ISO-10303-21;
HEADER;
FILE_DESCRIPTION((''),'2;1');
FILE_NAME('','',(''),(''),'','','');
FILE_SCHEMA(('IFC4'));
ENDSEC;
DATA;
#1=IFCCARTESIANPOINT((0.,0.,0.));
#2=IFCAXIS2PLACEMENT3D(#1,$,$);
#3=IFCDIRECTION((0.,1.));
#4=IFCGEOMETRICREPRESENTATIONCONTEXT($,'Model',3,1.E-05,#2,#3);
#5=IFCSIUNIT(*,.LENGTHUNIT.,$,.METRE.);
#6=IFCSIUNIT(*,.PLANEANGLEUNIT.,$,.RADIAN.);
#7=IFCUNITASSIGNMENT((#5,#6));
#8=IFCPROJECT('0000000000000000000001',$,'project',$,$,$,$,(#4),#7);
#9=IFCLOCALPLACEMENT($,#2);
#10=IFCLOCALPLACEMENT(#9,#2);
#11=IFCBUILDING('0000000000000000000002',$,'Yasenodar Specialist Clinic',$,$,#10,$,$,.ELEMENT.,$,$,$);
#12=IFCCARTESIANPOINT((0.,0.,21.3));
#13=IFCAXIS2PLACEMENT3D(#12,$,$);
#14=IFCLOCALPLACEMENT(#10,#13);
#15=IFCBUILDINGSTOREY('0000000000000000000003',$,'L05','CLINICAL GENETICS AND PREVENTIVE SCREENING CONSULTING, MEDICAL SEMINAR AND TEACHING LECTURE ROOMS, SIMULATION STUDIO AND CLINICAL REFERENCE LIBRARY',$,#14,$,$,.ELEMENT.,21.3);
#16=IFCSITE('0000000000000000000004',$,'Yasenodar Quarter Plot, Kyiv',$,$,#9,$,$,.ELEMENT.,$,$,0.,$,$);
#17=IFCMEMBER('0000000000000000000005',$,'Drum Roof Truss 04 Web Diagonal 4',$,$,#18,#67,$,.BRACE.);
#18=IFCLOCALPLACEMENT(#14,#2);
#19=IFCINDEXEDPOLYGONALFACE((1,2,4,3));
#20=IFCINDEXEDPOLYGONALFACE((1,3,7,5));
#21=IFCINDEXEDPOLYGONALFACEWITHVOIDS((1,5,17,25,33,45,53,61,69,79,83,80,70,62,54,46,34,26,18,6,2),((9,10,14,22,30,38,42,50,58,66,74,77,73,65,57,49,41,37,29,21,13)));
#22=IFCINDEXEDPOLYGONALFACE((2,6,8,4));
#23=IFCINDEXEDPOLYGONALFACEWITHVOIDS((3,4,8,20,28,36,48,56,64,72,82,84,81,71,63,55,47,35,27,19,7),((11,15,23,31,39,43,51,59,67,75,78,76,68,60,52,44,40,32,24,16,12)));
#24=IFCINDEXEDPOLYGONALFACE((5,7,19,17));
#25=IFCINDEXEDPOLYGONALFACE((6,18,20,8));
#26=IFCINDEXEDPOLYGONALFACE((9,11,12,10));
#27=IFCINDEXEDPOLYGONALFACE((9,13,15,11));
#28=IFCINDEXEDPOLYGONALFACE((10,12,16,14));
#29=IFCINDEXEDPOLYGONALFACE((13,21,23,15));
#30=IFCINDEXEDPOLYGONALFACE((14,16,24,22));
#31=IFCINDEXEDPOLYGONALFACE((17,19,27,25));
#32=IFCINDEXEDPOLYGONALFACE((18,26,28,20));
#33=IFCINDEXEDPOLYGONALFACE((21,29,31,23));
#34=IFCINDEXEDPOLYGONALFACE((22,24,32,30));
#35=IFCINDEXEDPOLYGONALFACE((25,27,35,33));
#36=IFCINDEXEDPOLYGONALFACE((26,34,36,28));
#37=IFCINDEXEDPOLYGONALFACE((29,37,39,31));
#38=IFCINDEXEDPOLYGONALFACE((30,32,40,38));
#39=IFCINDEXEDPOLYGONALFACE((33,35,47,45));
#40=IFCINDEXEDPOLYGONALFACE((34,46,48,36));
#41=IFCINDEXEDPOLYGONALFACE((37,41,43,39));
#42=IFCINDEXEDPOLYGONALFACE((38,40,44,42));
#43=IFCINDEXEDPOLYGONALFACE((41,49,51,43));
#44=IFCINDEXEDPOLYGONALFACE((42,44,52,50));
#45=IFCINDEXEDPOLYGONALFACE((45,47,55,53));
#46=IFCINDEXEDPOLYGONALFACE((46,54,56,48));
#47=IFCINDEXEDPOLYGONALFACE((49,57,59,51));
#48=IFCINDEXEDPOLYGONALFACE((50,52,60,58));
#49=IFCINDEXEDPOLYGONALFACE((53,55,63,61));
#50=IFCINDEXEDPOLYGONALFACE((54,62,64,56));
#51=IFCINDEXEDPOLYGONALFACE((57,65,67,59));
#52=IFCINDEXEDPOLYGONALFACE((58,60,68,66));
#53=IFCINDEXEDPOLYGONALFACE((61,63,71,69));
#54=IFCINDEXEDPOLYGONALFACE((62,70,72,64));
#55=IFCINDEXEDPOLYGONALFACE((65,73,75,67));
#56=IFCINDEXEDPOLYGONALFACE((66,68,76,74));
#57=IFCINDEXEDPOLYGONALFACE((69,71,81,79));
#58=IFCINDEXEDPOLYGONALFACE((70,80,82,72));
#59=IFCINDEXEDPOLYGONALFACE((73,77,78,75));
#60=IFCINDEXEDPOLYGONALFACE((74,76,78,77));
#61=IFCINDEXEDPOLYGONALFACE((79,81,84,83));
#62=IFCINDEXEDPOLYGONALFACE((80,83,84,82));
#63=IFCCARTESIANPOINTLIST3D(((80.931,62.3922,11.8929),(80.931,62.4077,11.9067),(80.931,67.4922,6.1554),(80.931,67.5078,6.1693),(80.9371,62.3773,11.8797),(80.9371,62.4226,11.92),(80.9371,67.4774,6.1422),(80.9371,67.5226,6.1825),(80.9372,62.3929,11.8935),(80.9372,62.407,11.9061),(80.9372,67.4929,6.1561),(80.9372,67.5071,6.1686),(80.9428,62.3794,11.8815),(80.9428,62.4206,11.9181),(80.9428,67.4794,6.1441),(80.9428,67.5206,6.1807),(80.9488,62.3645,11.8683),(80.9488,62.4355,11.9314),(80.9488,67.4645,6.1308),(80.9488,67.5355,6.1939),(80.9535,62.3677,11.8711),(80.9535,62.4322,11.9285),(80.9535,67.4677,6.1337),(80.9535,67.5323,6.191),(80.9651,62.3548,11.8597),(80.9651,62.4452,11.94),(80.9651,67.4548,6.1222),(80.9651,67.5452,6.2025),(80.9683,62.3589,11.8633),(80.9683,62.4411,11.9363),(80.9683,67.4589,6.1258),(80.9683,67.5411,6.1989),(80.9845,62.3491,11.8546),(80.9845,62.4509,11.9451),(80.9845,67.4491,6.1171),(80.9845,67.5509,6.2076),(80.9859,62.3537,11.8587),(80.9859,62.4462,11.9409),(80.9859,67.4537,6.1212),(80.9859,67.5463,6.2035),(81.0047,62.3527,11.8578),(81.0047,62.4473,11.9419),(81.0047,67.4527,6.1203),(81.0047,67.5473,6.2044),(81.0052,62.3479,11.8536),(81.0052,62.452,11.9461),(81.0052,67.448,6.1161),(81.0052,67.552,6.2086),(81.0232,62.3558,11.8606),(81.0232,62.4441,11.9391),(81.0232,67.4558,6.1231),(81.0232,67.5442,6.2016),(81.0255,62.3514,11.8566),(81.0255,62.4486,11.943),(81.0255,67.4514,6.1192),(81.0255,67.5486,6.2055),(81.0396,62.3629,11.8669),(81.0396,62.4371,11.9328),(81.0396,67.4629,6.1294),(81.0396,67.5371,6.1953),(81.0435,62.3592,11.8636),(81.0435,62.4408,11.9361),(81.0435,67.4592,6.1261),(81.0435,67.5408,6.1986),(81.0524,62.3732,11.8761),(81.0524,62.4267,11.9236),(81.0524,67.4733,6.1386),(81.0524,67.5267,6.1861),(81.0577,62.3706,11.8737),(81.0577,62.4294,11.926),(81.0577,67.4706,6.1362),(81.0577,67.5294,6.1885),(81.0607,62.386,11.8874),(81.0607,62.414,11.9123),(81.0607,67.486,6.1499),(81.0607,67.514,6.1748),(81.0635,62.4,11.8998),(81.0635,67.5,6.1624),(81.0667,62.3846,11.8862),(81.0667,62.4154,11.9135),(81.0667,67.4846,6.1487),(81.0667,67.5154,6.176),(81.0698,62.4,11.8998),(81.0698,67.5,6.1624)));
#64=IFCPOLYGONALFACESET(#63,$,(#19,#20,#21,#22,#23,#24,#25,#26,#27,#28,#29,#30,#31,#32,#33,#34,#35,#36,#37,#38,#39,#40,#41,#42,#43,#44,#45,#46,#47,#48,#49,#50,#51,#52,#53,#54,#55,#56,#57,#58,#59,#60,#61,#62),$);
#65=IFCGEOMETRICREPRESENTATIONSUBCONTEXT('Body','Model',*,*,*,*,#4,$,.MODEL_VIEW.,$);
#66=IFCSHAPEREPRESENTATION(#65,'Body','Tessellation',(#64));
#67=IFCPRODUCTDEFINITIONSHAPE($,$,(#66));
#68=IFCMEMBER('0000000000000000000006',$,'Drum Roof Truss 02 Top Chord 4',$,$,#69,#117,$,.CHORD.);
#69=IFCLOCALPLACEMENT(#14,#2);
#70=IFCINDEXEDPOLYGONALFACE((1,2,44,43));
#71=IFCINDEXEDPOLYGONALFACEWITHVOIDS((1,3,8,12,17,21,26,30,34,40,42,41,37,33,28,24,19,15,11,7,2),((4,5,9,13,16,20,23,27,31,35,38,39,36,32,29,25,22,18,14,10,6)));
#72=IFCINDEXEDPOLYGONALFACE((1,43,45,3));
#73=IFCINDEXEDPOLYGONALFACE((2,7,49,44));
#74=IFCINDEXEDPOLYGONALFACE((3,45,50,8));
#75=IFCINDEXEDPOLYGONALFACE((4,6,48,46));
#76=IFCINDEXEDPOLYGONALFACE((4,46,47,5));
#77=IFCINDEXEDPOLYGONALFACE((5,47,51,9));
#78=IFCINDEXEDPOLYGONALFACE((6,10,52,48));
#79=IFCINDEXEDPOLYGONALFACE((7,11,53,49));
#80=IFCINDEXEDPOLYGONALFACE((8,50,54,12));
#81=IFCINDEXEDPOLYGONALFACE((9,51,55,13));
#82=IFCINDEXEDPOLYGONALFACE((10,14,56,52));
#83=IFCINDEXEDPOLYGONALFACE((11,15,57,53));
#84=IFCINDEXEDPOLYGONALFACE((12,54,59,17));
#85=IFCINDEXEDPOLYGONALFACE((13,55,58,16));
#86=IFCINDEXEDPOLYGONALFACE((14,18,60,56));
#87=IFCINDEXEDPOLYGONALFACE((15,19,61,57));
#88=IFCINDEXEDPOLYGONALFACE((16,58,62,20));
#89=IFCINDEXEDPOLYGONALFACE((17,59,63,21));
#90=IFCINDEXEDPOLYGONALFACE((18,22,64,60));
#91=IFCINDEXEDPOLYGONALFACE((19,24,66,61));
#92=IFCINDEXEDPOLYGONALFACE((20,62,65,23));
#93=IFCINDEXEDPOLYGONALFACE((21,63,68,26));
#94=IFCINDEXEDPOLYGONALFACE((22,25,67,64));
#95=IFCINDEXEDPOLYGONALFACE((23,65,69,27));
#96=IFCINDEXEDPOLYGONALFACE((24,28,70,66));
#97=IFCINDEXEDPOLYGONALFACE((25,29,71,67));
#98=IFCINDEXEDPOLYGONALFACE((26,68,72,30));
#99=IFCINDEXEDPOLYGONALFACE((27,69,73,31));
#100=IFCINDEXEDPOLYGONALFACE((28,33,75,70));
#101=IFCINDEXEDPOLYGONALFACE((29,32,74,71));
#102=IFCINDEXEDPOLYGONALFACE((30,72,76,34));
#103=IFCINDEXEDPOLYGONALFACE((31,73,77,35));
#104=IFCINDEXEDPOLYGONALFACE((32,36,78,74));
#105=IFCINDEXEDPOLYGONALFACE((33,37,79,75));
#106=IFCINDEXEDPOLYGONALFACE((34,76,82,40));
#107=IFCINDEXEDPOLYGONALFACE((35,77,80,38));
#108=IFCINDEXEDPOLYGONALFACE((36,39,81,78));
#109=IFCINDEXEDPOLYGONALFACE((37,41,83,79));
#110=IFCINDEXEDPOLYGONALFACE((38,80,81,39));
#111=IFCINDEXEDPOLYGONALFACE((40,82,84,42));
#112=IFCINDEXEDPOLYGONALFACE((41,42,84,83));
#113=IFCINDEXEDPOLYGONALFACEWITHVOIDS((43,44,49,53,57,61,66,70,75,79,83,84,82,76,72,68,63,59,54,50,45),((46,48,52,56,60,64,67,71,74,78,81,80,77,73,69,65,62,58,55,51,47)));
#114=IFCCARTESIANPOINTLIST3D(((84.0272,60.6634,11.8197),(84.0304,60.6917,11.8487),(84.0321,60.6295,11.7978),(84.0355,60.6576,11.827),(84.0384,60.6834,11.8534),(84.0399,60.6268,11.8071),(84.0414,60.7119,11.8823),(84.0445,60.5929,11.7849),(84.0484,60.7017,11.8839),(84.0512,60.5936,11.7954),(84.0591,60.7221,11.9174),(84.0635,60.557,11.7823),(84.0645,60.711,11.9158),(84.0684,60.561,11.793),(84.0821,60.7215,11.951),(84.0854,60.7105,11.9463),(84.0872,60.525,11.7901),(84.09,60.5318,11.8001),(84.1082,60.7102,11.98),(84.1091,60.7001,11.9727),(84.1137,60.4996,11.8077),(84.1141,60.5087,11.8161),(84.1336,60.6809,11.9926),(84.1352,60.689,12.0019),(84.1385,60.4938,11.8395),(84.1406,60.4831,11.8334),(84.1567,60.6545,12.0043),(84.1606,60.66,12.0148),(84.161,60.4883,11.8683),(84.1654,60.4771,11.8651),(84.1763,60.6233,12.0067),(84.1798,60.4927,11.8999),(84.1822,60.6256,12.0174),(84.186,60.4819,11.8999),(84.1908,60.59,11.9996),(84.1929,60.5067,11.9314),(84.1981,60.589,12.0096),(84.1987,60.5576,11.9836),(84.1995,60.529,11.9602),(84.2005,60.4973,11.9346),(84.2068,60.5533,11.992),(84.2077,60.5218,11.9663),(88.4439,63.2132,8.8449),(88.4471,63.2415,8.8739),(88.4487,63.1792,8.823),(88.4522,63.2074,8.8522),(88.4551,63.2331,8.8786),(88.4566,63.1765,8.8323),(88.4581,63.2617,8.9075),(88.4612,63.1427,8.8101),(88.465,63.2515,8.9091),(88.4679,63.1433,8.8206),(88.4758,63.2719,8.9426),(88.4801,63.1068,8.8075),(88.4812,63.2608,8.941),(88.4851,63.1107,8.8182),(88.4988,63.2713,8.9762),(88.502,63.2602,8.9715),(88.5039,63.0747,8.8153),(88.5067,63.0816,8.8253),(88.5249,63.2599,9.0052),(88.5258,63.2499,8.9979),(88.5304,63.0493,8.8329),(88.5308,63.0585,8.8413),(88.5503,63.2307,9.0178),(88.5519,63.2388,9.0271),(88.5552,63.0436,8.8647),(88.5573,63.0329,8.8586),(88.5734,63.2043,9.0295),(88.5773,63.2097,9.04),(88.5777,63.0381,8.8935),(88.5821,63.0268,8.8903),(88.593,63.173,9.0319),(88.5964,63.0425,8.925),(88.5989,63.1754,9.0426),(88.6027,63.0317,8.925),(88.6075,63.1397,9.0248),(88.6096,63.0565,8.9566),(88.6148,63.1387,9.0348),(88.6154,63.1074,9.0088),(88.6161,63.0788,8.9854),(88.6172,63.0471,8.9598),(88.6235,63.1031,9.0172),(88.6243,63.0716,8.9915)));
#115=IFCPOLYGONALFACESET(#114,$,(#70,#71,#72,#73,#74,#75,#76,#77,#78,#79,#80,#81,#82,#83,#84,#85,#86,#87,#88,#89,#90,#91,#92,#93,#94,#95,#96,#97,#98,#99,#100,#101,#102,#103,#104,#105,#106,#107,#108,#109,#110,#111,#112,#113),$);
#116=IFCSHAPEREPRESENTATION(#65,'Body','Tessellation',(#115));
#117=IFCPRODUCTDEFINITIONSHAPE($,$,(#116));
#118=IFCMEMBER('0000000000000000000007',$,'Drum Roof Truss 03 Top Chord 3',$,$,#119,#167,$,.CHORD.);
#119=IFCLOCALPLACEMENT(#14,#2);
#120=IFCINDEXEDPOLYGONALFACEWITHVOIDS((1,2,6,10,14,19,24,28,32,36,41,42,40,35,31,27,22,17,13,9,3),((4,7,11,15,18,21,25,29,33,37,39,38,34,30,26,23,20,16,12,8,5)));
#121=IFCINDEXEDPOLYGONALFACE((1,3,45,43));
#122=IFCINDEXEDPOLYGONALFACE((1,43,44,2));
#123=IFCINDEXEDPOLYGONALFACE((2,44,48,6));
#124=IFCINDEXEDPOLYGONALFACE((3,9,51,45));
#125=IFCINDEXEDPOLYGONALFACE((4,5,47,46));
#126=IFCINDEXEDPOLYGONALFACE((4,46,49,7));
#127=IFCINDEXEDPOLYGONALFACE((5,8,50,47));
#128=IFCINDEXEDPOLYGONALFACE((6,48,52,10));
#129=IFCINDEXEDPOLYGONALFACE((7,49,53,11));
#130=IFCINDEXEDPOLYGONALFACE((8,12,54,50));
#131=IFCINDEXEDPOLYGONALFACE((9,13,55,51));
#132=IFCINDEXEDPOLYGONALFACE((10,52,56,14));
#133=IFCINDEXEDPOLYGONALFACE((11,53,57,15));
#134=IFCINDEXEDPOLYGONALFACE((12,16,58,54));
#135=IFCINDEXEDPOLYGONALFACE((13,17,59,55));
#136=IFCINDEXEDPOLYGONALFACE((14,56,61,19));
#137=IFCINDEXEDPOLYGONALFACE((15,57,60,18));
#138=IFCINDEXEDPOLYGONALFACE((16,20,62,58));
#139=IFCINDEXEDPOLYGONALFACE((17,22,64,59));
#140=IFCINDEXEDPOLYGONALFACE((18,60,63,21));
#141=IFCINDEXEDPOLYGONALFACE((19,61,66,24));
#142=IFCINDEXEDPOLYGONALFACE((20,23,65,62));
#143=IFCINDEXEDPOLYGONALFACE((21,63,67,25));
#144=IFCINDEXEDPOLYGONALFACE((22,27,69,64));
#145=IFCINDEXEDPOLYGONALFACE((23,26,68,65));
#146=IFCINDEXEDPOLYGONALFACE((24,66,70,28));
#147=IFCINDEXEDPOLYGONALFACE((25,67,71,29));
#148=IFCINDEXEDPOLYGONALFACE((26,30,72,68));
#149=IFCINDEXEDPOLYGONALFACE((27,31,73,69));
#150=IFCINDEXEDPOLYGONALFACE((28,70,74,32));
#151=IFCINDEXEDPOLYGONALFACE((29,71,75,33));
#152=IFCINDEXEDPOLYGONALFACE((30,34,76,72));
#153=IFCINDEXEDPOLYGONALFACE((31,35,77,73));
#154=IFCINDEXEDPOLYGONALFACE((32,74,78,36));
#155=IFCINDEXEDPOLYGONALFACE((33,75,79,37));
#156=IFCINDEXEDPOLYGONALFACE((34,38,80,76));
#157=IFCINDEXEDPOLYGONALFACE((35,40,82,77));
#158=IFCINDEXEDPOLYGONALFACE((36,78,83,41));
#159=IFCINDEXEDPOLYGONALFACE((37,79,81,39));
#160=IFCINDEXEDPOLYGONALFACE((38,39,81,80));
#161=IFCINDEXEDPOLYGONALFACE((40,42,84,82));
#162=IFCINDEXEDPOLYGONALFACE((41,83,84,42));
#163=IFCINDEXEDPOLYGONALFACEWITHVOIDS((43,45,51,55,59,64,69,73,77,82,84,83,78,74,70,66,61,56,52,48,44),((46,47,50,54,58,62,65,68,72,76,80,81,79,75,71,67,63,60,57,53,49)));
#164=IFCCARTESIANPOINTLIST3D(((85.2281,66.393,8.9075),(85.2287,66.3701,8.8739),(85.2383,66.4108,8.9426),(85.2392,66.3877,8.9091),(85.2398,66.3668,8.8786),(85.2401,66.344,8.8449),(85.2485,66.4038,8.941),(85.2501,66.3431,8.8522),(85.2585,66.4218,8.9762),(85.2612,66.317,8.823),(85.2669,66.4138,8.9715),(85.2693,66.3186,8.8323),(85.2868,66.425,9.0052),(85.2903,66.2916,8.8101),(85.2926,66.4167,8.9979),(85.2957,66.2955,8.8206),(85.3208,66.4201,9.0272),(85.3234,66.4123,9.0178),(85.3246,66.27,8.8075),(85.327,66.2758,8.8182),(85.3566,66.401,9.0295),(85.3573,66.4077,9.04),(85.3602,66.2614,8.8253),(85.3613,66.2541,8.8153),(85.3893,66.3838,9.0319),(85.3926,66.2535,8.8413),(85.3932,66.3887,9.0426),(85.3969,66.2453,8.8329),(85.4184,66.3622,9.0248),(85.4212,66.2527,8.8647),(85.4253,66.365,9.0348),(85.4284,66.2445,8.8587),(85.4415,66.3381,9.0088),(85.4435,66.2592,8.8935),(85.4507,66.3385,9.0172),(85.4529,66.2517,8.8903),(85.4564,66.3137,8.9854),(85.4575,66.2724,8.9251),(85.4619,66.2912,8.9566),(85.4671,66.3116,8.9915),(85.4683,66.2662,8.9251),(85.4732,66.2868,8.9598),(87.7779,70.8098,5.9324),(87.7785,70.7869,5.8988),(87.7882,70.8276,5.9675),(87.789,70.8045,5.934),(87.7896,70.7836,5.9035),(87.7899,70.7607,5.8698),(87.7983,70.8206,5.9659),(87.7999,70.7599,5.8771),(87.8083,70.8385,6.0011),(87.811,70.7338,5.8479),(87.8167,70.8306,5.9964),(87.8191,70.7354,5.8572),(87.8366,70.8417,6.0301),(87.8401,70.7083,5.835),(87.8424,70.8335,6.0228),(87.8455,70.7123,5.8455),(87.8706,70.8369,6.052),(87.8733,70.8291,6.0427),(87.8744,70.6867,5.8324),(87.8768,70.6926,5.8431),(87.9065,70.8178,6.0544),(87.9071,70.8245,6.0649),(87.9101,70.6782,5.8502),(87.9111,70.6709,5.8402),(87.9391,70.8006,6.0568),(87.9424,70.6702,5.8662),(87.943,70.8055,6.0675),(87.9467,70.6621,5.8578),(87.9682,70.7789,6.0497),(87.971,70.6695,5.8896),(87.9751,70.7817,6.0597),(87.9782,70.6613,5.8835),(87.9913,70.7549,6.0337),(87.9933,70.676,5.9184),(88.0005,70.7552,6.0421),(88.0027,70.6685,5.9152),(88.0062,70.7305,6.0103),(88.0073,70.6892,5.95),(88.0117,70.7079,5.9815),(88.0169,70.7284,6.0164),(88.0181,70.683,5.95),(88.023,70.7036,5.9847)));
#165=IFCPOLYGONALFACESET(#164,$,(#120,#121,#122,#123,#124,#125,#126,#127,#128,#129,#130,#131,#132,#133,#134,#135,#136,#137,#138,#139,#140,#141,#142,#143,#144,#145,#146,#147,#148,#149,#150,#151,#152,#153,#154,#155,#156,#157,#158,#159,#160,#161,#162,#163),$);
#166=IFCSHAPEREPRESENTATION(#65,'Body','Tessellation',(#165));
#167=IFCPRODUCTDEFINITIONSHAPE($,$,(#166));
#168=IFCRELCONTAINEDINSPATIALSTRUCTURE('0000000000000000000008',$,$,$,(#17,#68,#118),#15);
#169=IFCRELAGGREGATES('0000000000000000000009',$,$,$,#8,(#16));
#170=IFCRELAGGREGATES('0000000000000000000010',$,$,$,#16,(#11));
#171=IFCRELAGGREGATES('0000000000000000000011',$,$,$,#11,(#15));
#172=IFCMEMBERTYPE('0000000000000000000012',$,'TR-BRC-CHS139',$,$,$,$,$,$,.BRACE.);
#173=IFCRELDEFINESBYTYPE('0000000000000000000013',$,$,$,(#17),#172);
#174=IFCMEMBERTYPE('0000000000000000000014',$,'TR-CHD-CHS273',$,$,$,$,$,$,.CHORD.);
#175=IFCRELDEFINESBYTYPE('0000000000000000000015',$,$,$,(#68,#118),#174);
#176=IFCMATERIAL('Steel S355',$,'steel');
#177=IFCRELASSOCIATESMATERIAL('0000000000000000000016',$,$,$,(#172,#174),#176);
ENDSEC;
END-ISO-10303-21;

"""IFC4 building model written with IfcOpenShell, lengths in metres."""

from ifc_helpers import new_model, si_unit, direction, frame, origin, origin_2d, place, context, subcontext, project, spatial, hollow_circle, extrude, material, material_profile, profile_set, type_object, element, save


model = new_model("IFC4")

# Units and contexts
model_context = context("Model", 3, precision=1e-05, world=origin(), true_north=direction((0.0, 1.0)))
body_context = subcontext(model_context, "Body", "Model", "MODEL_VIEW")
ifc_project = project(units=[si_unit("LENGTHUNIT", "METRE"), si_unit("PLANEANGLEUNIT", "RADIAN")], contexts=[model_context])

# Site, building, storey
site_placement = place(None, origin())
site = spatial("IfcSite", under=ifc_project, at=site_placement, Name="Yasenodar Quarter Plot, Kyiv", CompositionType="ELEMENT", RefElevation=0.0)
building_placement = place(site_placement, origin())
building = spatial("IfcBuilding", under=site, at=building_placement, Name="Yasenodar Specialist Clinic", CompositionType="ELEMENT")
storey_placement = place(building_placement, frame((0.0, 0.0, 21.3)))
storey = spatial("IfcBuildingStorey", under=building, at=storey_placement, Name="L05", Description="CLINICAL GENETICS AND PREVENTIVE SCREENING CONSULTING, MEDICAL SEMINAR AND TEACHING LECTURE ROOMS, SIMULATION STUDIO AND CLINICAL REFERENCE LIBRARY", CompositionType="ELEMENT", Elevation=21.3)

# Shared definitions
ifc_material = material(Name="Steel S355", Category="steel")

# Members
ifc_material_profile_1 = material_profile(ifc_material, hollow_circle(Radius=0.0698, WallThickness=0.0063, at=origin_2d()), Name="CHS 139.7x6.3")
ifc_profile_set_1 = profile_set([ifc_material_profile_1], Name="Steel S355")
member_type_1 = type_object("IfcMemberType", Name="TR-BRC-CHS139", PredefinedType="BRACE", material=ifc_profile_set_1)
for number, where, z_axis, x_axis, name in (
    (1, (81.0, 67.5, 6.1624), (0.0, -0.664368, 0.747406), (1.0, 0.0, 0.0), "Drum Roof Truss 04 Web Diagonal 4"),
):
    element("IfcMember", number, at=place(storey_placement, frame(where, z_axis=z_axis, x_axis=x_axis)), inside=storey, type_object=member_type_1, Name=name, PredefinedType="BRACE", context=body_context, shape_type="SweptSolid", body=[
        extrude(hollow_circle(Radius=0.0698, WallThickness=0.0063, at=origin_2d()), origin(), (0.0, 0.0, 1.0), 7.6765),
    ])
ifc_material_profile_2 = material_profile(ifc_material, hollow_circle(Radius=0.1365, WallThickness=0.0125, at=origin_2d()), Name="CHS 273x12.5")
ifc_profile_set_2 = profile_set([ifc_material_profile_2], Name="Steel S355")
member_type_2 = type_object("IfcMemberType", Name="TR-CHD-CHS273", PredefinedType="CHORD", material=ifc_profile_set_2)
member_1_placement = place(storey_placement, frame((88.5344, 63.1499, 8.925), z_axis=(-0.748076, -0.431867, 0.503859), x_axis=(0.49997, -0.866043, 0.0)))
element("IfcMember", 2, at=member_1_placement, inside=storey, type_object=member_type_2, Name="Drum Roof Truss 02 Top Chord 4", PredefinedType="CHORD", context=body_context, shape_type="SweptSolid", body=[
    extrude(hollow_circle(Radius=0.1365, WallThickness=0.0125, at=origin_2d()), origin(), (0.0, 0.0, 1.0), 5.9041),
])
for number, where, z_axis, x_axis, name in (
    (3, (87.8999, 70.7512, 5.95), (-0.431858, -0.74806, 0.503889), (0.866043, -0.49997, 0.0), "Drum Roof Truss 03 Top Chord 3"),
):
    element("IfcMember", number, at=place(storey_placement, frame(where, z_axis=z_axis, x_axis=x_axis)), inside=storey, type_object=member_type_2, Name=name, PredefinedType="CHORD", context=body_context, shape_type="SweptSolid", body=[
        extrude(hollow_circle(Radius=0.1365, WallThickness=0.0125, at=origin_2d()), origin(), (0.0, 0.0, 1.0), 5.9043),
    ])

save(model, "model.ifc")
